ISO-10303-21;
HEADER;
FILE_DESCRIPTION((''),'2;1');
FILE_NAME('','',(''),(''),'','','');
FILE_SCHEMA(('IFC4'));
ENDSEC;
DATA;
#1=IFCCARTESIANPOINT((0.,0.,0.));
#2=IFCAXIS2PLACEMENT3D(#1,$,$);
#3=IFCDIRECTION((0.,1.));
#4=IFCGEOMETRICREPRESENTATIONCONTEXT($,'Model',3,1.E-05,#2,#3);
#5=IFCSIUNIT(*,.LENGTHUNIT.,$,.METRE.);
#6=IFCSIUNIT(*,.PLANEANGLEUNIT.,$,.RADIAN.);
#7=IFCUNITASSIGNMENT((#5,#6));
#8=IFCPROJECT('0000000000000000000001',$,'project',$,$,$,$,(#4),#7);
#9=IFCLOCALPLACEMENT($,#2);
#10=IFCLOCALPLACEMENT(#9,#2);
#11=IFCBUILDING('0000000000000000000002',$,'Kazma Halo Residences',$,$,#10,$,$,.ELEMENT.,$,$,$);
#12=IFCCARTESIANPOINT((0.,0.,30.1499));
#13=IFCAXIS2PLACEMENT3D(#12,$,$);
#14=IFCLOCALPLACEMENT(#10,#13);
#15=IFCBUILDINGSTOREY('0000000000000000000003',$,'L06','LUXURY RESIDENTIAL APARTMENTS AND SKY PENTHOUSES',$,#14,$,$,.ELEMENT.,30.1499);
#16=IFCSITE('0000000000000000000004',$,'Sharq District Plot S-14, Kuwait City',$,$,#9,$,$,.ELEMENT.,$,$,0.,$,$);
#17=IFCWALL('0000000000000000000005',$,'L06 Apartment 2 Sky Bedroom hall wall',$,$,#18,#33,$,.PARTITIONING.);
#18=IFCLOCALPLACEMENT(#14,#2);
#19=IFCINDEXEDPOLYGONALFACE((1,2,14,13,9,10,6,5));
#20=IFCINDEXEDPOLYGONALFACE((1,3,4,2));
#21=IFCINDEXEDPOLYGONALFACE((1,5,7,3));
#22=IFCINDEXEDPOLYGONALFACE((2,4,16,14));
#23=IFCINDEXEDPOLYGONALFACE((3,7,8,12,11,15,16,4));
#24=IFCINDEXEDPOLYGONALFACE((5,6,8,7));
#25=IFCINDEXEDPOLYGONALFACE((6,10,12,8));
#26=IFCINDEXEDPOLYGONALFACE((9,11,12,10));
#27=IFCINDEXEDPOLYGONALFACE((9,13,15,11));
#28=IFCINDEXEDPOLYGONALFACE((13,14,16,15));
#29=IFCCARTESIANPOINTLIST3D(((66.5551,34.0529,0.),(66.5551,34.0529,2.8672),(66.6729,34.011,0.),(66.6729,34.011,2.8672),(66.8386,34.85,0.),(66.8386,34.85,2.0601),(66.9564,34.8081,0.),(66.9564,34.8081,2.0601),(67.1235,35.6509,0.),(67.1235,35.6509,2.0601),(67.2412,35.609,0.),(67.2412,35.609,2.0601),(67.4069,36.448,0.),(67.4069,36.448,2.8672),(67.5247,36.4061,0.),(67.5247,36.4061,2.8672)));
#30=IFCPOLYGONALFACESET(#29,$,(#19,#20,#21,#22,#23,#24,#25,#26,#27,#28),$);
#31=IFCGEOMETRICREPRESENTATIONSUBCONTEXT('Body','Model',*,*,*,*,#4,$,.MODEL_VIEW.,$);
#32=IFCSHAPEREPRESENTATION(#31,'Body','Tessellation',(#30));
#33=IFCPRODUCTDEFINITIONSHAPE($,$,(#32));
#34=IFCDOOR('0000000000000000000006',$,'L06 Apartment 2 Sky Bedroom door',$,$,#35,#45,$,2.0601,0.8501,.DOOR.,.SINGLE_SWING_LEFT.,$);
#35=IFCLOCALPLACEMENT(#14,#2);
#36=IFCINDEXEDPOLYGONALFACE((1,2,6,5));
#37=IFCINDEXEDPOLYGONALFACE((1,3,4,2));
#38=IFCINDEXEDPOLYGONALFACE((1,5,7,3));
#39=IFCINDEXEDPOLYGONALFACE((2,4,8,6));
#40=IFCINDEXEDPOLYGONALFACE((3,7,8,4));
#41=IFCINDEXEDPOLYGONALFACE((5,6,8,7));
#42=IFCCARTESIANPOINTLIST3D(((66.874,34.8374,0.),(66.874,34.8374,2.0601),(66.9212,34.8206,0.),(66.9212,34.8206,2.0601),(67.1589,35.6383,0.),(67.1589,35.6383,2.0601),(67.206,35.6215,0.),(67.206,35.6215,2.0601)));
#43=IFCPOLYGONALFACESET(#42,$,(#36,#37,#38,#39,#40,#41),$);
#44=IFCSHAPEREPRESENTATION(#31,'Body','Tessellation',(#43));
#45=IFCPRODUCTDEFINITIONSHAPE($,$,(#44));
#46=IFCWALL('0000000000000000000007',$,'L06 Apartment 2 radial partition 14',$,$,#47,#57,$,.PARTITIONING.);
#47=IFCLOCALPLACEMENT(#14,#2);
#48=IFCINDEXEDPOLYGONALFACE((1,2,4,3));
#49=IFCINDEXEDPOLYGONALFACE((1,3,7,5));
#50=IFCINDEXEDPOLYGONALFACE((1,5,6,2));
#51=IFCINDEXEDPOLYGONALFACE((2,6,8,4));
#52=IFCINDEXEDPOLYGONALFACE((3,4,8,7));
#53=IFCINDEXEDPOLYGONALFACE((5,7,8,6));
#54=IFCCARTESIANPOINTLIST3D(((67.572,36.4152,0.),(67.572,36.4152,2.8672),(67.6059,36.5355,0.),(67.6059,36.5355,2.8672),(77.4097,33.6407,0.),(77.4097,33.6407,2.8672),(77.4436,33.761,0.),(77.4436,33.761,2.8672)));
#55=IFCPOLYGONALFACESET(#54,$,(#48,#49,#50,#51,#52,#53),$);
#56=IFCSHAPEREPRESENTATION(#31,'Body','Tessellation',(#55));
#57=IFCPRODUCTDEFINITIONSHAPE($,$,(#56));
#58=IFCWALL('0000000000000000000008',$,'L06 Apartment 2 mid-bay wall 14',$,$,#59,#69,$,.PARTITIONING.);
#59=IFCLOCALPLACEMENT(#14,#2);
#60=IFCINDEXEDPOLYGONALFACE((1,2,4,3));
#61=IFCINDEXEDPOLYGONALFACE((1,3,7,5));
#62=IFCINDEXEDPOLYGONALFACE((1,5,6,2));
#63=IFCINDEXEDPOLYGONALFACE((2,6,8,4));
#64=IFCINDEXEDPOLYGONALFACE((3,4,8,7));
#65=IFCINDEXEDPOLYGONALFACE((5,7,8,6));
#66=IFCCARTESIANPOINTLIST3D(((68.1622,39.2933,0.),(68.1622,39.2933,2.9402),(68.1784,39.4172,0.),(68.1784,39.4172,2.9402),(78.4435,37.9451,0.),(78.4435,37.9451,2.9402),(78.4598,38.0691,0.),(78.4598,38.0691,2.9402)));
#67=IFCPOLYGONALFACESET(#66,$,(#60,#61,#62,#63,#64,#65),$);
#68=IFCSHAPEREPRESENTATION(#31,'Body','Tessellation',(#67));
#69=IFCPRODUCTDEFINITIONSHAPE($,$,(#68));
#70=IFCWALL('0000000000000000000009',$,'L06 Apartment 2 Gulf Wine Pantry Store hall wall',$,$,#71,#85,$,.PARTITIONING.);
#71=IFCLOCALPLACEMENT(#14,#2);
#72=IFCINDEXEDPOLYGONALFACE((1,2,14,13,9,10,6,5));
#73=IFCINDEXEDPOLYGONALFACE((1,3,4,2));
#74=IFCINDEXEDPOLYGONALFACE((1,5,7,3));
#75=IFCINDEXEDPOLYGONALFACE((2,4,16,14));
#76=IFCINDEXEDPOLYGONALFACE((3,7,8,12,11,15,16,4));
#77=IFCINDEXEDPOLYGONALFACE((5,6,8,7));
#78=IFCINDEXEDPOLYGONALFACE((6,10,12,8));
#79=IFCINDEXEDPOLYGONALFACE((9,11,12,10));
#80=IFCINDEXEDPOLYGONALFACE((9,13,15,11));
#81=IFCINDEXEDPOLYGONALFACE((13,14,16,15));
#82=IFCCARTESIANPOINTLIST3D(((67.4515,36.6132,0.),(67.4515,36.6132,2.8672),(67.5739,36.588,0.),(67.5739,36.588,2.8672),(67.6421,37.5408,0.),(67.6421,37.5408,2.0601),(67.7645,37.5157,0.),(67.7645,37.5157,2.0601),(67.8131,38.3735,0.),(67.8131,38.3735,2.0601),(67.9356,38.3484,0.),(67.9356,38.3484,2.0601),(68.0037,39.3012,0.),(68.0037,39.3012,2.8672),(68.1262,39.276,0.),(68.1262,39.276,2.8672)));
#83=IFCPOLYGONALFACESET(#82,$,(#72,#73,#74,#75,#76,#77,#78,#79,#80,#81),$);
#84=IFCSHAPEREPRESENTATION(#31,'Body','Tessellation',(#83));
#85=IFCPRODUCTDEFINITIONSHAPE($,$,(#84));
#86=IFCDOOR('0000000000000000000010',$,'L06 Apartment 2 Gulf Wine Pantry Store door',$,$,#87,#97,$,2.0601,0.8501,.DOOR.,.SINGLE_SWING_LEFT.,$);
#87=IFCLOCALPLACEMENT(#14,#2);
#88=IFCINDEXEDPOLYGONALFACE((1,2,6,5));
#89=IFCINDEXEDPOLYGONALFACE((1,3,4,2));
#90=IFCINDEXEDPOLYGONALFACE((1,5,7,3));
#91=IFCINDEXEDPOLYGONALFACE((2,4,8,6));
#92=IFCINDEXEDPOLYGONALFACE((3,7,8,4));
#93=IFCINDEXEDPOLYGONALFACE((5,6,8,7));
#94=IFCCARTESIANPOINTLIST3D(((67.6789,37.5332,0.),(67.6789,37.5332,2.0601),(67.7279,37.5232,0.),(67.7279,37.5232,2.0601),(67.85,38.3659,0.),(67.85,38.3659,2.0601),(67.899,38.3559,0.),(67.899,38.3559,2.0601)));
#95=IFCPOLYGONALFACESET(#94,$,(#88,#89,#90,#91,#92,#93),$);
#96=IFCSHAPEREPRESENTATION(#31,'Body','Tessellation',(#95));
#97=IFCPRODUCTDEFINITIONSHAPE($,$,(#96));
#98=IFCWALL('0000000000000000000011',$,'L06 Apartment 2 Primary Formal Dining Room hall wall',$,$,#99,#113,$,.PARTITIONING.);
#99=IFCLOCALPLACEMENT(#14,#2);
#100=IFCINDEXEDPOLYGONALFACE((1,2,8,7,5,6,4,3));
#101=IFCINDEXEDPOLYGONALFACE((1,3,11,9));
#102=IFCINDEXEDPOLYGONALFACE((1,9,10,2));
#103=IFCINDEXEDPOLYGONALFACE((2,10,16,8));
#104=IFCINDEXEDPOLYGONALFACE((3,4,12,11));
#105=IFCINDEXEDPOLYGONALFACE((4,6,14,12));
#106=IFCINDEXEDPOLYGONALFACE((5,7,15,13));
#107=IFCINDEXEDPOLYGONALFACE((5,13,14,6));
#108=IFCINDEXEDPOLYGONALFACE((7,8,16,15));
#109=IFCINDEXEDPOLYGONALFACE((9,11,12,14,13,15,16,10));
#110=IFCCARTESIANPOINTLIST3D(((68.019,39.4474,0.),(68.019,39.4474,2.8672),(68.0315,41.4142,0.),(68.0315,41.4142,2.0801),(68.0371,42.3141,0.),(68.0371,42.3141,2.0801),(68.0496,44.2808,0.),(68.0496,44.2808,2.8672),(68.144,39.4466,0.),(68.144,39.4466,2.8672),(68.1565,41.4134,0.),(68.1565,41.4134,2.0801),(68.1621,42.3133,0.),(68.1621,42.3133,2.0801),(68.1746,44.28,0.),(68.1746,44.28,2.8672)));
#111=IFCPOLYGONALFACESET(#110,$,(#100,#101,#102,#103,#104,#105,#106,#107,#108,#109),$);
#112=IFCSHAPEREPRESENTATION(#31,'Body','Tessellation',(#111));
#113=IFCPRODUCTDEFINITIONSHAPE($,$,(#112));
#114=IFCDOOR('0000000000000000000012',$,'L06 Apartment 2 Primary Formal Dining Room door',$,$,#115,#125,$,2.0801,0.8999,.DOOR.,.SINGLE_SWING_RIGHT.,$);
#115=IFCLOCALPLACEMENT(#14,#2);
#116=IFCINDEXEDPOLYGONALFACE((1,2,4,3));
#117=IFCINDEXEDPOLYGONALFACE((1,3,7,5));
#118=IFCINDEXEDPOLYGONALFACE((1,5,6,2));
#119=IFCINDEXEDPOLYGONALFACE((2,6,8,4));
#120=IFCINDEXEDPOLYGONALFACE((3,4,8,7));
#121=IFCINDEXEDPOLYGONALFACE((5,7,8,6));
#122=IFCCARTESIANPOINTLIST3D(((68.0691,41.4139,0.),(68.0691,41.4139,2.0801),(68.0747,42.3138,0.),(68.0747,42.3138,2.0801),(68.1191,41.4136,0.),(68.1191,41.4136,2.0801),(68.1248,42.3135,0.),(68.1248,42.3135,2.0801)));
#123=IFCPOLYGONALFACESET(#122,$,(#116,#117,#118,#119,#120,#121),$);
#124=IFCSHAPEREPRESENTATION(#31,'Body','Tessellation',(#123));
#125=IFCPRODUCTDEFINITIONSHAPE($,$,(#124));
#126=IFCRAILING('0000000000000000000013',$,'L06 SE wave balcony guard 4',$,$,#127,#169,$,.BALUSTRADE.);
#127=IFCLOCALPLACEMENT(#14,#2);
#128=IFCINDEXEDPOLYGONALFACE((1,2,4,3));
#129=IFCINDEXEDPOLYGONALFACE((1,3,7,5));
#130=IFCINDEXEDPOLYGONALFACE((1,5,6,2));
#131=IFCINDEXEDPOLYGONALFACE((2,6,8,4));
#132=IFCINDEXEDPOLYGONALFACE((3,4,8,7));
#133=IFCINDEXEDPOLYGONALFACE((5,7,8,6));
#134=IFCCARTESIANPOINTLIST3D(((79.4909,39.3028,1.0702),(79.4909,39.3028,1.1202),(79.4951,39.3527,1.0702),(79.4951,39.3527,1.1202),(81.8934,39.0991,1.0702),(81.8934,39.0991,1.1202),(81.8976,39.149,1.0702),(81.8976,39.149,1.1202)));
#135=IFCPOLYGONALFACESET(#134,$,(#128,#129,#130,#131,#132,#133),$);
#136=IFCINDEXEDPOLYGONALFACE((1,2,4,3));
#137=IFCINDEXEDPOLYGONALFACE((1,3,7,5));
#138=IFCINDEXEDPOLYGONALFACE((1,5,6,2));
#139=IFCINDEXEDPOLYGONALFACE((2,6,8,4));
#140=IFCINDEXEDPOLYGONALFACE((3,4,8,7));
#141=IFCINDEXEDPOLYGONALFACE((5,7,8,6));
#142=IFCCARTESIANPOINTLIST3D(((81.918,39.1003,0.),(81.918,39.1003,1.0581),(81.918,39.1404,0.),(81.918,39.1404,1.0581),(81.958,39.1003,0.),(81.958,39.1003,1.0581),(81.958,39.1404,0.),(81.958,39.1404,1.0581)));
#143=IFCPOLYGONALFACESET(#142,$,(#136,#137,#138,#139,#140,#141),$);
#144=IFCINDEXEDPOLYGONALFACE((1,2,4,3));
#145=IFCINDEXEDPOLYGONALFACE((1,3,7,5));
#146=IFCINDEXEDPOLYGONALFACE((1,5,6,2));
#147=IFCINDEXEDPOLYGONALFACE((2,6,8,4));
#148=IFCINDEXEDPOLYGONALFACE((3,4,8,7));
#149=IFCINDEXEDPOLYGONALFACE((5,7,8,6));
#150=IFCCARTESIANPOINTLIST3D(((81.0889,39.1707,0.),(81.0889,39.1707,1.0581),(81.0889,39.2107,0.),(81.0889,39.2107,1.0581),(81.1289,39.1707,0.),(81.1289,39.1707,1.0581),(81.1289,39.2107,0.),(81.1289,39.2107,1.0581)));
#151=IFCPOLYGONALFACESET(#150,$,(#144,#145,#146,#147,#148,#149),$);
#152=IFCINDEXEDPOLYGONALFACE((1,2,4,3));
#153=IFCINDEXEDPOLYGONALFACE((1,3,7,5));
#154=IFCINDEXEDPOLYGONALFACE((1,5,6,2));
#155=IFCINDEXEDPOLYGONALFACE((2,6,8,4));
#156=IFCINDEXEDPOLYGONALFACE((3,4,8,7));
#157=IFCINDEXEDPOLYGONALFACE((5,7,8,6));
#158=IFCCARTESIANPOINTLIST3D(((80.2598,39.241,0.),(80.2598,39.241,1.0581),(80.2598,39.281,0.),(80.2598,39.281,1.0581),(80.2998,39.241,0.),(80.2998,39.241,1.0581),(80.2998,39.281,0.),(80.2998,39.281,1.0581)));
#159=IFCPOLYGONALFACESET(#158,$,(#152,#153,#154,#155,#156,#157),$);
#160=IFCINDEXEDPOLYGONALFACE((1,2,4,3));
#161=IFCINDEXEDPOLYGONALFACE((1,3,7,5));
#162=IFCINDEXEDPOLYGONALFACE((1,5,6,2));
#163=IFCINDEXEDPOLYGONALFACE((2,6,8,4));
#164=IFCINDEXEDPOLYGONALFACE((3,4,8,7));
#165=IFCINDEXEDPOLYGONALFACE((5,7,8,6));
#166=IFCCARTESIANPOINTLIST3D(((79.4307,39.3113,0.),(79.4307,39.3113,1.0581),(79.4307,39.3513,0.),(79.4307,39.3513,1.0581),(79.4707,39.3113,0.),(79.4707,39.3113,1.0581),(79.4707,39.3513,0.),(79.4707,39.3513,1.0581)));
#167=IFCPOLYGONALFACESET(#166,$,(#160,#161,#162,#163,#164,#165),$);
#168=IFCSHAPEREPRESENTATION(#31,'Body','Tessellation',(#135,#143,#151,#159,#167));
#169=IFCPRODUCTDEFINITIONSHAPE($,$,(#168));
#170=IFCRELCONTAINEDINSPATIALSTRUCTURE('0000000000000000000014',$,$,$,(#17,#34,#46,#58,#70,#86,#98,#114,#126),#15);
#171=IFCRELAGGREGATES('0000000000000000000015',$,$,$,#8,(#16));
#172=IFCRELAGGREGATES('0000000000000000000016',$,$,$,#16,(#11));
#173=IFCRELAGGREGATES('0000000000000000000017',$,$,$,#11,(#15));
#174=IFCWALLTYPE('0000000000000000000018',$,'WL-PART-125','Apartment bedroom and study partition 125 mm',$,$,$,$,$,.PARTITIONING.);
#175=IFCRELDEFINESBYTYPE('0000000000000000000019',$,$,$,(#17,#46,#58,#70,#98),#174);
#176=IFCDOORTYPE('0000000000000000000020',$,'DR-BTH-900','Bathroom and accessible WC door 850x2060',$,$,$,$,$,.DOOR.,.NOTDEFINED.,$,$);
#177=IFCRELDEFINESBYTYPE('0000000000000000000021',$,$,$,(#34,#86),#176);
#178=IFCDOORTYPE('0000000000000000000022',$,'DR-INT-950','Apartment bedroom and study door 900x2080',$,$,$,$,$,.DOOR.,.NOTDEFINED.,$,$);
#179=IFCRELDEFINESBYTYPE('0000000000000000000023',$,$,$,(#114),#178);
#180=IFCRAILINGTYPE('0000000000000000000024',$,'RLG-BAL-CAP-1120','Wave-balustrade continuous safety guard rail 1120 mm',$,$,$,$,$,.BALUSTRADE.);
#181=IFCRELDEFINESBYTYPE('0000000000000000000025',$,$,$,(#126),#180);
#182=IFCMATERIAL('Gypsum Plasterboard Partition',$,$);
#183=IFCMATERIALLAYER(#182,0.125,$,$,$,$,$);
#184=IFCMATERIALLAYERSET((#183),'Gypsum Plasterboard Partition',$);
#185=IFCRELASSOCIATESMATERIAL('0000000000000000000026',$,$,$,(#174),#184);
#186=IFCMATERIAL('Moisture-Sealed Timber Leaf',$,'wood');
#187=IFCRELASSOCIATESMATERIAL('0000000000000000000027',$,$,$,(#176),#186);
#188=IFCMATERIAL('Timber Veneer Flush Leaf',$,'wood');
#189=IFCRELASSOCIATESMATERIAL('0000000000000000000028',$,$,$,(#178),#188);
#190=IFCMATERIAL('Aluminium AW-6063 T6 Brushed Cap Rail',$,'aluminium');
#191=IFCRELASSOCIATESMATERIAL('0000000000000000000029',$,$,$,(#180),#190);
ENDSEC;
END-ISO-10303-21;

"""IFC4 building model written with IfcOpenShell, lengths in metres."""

from ifc_helpers import new_model, si_unit, direction, frame, frame_2d, origin, origin_2d, place, context, subcontext, project, spatial, rectangle, extrude, material, layer, layer_set, type_object, element, fill, save


model = new_model("IFC4")

# Units and contexts
model_context = context("Model", 3, precision=1e-05, world=origin(), true_north=direction((0.0, 1.0)))
body_context = subcontext(model_context, "Body", "Model", "MODEL_VIEW")
ifc_project = project(units=[si_unit("LENGTHUNIT", "METRE"), si_unit("PLANEANGLEUNIT", "RADIAN")], contexts=[model_context])

# Site, building, storey
site_placement = place(None, origin())
site = spatial("IfcSite", under=ifc_project, at=site_placement, Name="Sharq District Plot S-14, Kuwait City", CompositionType="ELEMENT", RefElevation=0.0)
building_placement = place(site_placement, origin())
building = spatial("IfcBuilding", under=site, at=building_placement, Name="Kazma Halo Residences", CompositionType="ELEMENT")
storey_placement = place(building_placement, frame((0.0, 0.0, 30.1499)))
storey = spatial("IfcBuildingStorey", under=building, at=storey_placement, Name="L06", Description="LUXURY RESIDENTIAL APARTMENTS AND SKY PENTHOUSES", CompositionType="ELEMENT", Elevation=30.1499)

# Shared definitions
ifc_material_1 = material(Name="Gypsum Plasterboard Partition")
ifc_layer_1 = layer(ifc_material_1, 0.125)
ifc_layer_set_1 = layer_set([ifc_layer_1], Name="Gypsum Plasterboard Partition")
wall_type_1 = type_object("IfcWallType", Name="WL-PART-125", Description="Apartment bedroom and study partition 125 mm", PredefinedType="PARTITIONING", material=ifc_layer_set_1)

# Wall, opening, door
ifc_material_2 = material(Name="Moisture-Sealed Timber Leaf", Category="wood")
door_type_1 = type_object("IfcDoorType", Name="DR-BTH-900", Description="Bathroom and accessible WC door 850x2060", OperationType="NOTDEFINED", PredefinedType="DOOR", material=ifc_material_2)
wall_1_placement = place(storey_placement, frame((66.614, 34.032, 0.0), z_axis=(0.0, 0.0, 1.0), x_axis=(0.335095, 0.942184, 0.0)))
wall_1 = element("IfcWall", 1, at=wall_1_placement, inside=storey, type_object=wall_type_1, Name="L06 Apartment 2 Sky Bedroom hall wall", PredefinedType="PARTITIONING", context=body_context, shape_type="SweptSolid", body=[
    extrude(rectangle(XDim=2.542, YDim=0.125, at=frame_2d((1.271, 0.0))), origin(), (0.0, 0.0, 1.0), 2.8672),
])
opening_1_placement = place(wall_1_placement, frame((0.8459, 0.0, 0.0)))
opening_1 = element("IfcOpeningElement", 2, at=opening_1_placement, cuts=wall_1, PredefinedType="OPENING", context=body_context, shape_type="SweptSolid", body=[
    extrude(rectangle(XDim=0.8501, YDim=2.0601, at=frame_2d((0.425, 1.03))), frame((0.0, 0.0725, 0.0), z_axis=(0.0, -1.0, 0.0), x_axis=(1.0, 0.0, 0.0)), (0.0, 0.0, 1.0), 0.145),
])
door_1_placement = place(opening_1_placement, origin())
door_1 = element("IfcDoor", 3, at=door_1_placement, inside=storey, type_object=door_type_1, Name="L06 Apartment 2 Sky Bedroom door", OperationType="SINGLE_SWING_LEFT", OverallHeight=2.0601, OverallWidth=0.8501, PredefinedType="DOOR", context=body_context, shape_type="SweptSolid", body=[
    extrude(rectangle(XDim=0.8501, YDim=2.0601, at=frame_2d((0.425, 1.03))), frame((0.0, 0.0249, 0.0), z_axis=(0.0, -1.0, 0.0), x_axis=(1.0, 0.0, 0.0)), (0.0, 0.0, 1.0), 0.05),
])
fill(opening_1, door_1)

# Walls
wall_2_placement = place(storey_placement, frame((67.5889, 36.4753, 0.0), z_axis=(0.0, 0.0, 1.0), x_axis=(0.962458, -0.271432, 0.0)))
element("IfcWall", 4, at=wall_2_placement, inside=storey, type_object=wall_type_1, Name="L06 Apartment 2 radial partition 14", PredefinedType="PARTITIONING", context=body_context, shape_type="SweptSolid", body=[
    extrude(rectangle(XDim=10.2214, YDim=0.125, at=frame_2d((5.1108, 0.0))), origin(), (0.0, 0.0, 1.0), 2.8672),
])
wall_3_placement = place(storey_placement, frame((68.1704, 39.3552, 0.0), z_axis=(0.0, 0.0, 1.0), x_axis=(0.991513, -0.130011, 0.0)))
element("IfcWall", 5, at=wall_3_placement, inside=storey, type_object=wall_type_1, Name="L06 Apartment 2 mid-bay wall 14", PredefinedType="PARTITIONING", context=body_context, shape_type="SweptSolid", body=[
    extrude(rectangle(XDim=10.3694, YDim=0.125, at=frame_2d((5.1846, 0.0))), origin(), (0.0, 0.0, 1.0), 2.9402),
])

# Walls, openings, doors
wall_4_placement = place(storey_placement, frame((67.5127, 36.6006, 0.0), z_axis=(0.0, 0.0, 1.0), x_axis=(0.201246, 0.979541, 0.0)))
wall_4 = element("IfcWall", 6, at=wall_4_placement, inside=storey, type_object=wall_type_1, Name="L06 Apartment 2 Gulf Wine Pantry Store hall wall", PredefinedType="PARTITIONING", context=body_context, shape_type="SweptSolid", body=[
    extrude(rectangle(XDim=2.7441, YDim=0.125, at=frame_2d((1.3721, 0.0))), origin(), (0.0, 0.0, 1.0), 2.8672),
])
opening_2_placement = place(wall_4_placement, frame((0.947, 0.0, 0.0)))
opening_2 = element("IfcOpeningElement", 7, at=opening_2_placement, cuts=wall_4, PredefinedType="OPENING", context=body_context, shape_type="SweptSolid", body=[
    extrude(rectangle(XDim=0.8501, YDim=2.0601, at=frame_2d((0.425, 1.03))), frame((0.0, 0.0725, 0.0), z_axis=(0.0, -1.0, 0.0), x_axis=(1.0, 0.0, 0.0)), (0.0, 0.0, 1.0), 0.145),
])
door_2_placement = place(opening_2_placement, origin())
door_2 = element("IfcDoor", 8, at=door_2_placement, inside=storey, type_object=door_type_1, Name="L06 Apartment 2 Gulf Wine Pantry Store door", OperationType="SINGLE_SWING_LEFT", OverallHeight=2.0601, OverallWidth=0.8501, PredefinedType="DOOR", context=body_context, shape_type="SweptSolid", body=[
    extrude(rectangle(XDim=0.8501, YDim=2.0601, at=frame_2d((0.425, 1.03))), frame((0.0, 0.0249, 0.0), z_axis=(0.0, -1.0, 0.0), x_axis=(1.0, 0.0, 0.0)), (0.0, 0.0, 1.0), 0.05),
])
fill(opening_2, door_2)
wall_5_placement = place(storey_placement, frame((68.0815, 39.447, 0.0), z_axis=(0.0, 0.0, 1.0), x_axis=(0.006314, 0.99998, 0.0)))
wall_5 = element("IfcWall", 9, at=wall_5_placement, inside=storey, type_object=wall_type_1, Name="L06 Apartment 2 Primary Formal Dining Room hall wall", PredefinedType="PARTITIONING", context=body_context, shape_type="SweptSolid", body=[
    extrude(rectangle(XDim=4.8335, YDim=0.125, at=frame_2d((2.4167, 0.0))), origin(), (0.0, 0.0, 1.0), 2.8672),
])
opening_3_placement = place(wall_5_placement, frame((1.9668, 0.0, 0.0)))
opening_3 = element("IfcOpeningElement", 10, at=opening_3_placement, cuts=wall_5, PredefinedType="OPENING", context=body_context, shape_type="SweptSolid", body=[
    extrude(rectangle(XDim=0.8999, YDim=2.0801, at=frame_2d((0.45, 1.04))), frame((0.0, 0.0725, 0.0), z_axis=(0.0, -1.0, 0.0), x_axis=(1.0, 0.0, 0.0)), (0.0, 0.0, 1.0), 0.145),
])
ifc_material_3 = material(Name="Timber Veneer Flush Leaf", Category="wood")
door_type_2 = type_object("IfcDoorType", Name="DR-INT-950", Description="Apartment bedroom and study door 900x2080", OperationType="NOTDEFINED", PredefinedType="DOOR", material=ifc_material_3)
door_3_placement = place(opening_3_placement, origin())
door_3 = element("IfcDoor", 11, at=door_3_placement, inside=storey, type_object=door_type_2, Name="L06 Apartment 2 Primary Formal Dining Room door", OperationType="SINGLE_SWING_RIGHT", OverallHeight=2.0801, OverallWidth=0.8999, PredefinedType="DOOR", context=body_context, shape_type="SweptSolid", body=[
    extrude(rectangle(XDim=0.8999, YDim=2.0801, at=frame_2d((0.45, 1.04))), frame((0.0, 0.0249, 0.0), z_axis=(0.0, -1.0, 0.0), x_axis=(1.0, 0.0, 0.0)), (0.0, 0.0, 1.0), 0.05),
])
fill(opening_3, door_3)

# Railing
ifc_material_4 = material(Name="Aluminium AW-6063 T6 Brushed Cap Rail", Category="aluminium")
railing_type = type_object("IfcRailingType", Name="RLG-BAL-CAP-1120", Description="Wave-balustrade continuous safety guard rail 1120 mm", PredefinedType="BALUSTRADE", material=ifc_material_4)
railing_placement = place(storey_placement, frame((81.938, 39.1204, 0.0)))
element("IfcRailing", 12, at=railing_placement, inside=storey, type_object=railing_type, Name="L06 SE wave balcony guard 4", PredefinedType="BALUSTRADE", context=body_context, shape_type="SweptSolid", body=[
    extrude(rectangle(XDim=0.05, YDim=0.05, at=origin_2d()), frame((-0.0425, 0.0037, 1.0952), z_axis=(-0.996423, 0.084502, 0.0), x_axis=(-0.084502, -0.996423, 0.0)), (0.0, 0.0, 1.0), 2.4111),
    extrude(rectangle(XDim=0.04, YDim=0.04, at=origin_2d()), origin(), (0.0, 0.0, 1.0), 1.0581),
    extrude(rectangle(XDim=0.04, YDim=0.04, at=origin_2d()), frame((-0.8291, 0.0703, 0.0)), (0.0, 0.0, 1.0), 1.0581),
    extrude(rectangle(XDim=0.04, YDim=0.04, at=origin_2d()), frame((-1.6582, 0.1406, 0.0)), (0.0, 0.0, 1.0), 1.0581),
    extrude(rectangle(XDim=0.04, YDim=0.04, at=origin_2d()), frame((-2.4873, 0.2109, 0.0)), (0.0, 0.0, 1.0), 1.0581),
])

save(model, "model.ifc")
